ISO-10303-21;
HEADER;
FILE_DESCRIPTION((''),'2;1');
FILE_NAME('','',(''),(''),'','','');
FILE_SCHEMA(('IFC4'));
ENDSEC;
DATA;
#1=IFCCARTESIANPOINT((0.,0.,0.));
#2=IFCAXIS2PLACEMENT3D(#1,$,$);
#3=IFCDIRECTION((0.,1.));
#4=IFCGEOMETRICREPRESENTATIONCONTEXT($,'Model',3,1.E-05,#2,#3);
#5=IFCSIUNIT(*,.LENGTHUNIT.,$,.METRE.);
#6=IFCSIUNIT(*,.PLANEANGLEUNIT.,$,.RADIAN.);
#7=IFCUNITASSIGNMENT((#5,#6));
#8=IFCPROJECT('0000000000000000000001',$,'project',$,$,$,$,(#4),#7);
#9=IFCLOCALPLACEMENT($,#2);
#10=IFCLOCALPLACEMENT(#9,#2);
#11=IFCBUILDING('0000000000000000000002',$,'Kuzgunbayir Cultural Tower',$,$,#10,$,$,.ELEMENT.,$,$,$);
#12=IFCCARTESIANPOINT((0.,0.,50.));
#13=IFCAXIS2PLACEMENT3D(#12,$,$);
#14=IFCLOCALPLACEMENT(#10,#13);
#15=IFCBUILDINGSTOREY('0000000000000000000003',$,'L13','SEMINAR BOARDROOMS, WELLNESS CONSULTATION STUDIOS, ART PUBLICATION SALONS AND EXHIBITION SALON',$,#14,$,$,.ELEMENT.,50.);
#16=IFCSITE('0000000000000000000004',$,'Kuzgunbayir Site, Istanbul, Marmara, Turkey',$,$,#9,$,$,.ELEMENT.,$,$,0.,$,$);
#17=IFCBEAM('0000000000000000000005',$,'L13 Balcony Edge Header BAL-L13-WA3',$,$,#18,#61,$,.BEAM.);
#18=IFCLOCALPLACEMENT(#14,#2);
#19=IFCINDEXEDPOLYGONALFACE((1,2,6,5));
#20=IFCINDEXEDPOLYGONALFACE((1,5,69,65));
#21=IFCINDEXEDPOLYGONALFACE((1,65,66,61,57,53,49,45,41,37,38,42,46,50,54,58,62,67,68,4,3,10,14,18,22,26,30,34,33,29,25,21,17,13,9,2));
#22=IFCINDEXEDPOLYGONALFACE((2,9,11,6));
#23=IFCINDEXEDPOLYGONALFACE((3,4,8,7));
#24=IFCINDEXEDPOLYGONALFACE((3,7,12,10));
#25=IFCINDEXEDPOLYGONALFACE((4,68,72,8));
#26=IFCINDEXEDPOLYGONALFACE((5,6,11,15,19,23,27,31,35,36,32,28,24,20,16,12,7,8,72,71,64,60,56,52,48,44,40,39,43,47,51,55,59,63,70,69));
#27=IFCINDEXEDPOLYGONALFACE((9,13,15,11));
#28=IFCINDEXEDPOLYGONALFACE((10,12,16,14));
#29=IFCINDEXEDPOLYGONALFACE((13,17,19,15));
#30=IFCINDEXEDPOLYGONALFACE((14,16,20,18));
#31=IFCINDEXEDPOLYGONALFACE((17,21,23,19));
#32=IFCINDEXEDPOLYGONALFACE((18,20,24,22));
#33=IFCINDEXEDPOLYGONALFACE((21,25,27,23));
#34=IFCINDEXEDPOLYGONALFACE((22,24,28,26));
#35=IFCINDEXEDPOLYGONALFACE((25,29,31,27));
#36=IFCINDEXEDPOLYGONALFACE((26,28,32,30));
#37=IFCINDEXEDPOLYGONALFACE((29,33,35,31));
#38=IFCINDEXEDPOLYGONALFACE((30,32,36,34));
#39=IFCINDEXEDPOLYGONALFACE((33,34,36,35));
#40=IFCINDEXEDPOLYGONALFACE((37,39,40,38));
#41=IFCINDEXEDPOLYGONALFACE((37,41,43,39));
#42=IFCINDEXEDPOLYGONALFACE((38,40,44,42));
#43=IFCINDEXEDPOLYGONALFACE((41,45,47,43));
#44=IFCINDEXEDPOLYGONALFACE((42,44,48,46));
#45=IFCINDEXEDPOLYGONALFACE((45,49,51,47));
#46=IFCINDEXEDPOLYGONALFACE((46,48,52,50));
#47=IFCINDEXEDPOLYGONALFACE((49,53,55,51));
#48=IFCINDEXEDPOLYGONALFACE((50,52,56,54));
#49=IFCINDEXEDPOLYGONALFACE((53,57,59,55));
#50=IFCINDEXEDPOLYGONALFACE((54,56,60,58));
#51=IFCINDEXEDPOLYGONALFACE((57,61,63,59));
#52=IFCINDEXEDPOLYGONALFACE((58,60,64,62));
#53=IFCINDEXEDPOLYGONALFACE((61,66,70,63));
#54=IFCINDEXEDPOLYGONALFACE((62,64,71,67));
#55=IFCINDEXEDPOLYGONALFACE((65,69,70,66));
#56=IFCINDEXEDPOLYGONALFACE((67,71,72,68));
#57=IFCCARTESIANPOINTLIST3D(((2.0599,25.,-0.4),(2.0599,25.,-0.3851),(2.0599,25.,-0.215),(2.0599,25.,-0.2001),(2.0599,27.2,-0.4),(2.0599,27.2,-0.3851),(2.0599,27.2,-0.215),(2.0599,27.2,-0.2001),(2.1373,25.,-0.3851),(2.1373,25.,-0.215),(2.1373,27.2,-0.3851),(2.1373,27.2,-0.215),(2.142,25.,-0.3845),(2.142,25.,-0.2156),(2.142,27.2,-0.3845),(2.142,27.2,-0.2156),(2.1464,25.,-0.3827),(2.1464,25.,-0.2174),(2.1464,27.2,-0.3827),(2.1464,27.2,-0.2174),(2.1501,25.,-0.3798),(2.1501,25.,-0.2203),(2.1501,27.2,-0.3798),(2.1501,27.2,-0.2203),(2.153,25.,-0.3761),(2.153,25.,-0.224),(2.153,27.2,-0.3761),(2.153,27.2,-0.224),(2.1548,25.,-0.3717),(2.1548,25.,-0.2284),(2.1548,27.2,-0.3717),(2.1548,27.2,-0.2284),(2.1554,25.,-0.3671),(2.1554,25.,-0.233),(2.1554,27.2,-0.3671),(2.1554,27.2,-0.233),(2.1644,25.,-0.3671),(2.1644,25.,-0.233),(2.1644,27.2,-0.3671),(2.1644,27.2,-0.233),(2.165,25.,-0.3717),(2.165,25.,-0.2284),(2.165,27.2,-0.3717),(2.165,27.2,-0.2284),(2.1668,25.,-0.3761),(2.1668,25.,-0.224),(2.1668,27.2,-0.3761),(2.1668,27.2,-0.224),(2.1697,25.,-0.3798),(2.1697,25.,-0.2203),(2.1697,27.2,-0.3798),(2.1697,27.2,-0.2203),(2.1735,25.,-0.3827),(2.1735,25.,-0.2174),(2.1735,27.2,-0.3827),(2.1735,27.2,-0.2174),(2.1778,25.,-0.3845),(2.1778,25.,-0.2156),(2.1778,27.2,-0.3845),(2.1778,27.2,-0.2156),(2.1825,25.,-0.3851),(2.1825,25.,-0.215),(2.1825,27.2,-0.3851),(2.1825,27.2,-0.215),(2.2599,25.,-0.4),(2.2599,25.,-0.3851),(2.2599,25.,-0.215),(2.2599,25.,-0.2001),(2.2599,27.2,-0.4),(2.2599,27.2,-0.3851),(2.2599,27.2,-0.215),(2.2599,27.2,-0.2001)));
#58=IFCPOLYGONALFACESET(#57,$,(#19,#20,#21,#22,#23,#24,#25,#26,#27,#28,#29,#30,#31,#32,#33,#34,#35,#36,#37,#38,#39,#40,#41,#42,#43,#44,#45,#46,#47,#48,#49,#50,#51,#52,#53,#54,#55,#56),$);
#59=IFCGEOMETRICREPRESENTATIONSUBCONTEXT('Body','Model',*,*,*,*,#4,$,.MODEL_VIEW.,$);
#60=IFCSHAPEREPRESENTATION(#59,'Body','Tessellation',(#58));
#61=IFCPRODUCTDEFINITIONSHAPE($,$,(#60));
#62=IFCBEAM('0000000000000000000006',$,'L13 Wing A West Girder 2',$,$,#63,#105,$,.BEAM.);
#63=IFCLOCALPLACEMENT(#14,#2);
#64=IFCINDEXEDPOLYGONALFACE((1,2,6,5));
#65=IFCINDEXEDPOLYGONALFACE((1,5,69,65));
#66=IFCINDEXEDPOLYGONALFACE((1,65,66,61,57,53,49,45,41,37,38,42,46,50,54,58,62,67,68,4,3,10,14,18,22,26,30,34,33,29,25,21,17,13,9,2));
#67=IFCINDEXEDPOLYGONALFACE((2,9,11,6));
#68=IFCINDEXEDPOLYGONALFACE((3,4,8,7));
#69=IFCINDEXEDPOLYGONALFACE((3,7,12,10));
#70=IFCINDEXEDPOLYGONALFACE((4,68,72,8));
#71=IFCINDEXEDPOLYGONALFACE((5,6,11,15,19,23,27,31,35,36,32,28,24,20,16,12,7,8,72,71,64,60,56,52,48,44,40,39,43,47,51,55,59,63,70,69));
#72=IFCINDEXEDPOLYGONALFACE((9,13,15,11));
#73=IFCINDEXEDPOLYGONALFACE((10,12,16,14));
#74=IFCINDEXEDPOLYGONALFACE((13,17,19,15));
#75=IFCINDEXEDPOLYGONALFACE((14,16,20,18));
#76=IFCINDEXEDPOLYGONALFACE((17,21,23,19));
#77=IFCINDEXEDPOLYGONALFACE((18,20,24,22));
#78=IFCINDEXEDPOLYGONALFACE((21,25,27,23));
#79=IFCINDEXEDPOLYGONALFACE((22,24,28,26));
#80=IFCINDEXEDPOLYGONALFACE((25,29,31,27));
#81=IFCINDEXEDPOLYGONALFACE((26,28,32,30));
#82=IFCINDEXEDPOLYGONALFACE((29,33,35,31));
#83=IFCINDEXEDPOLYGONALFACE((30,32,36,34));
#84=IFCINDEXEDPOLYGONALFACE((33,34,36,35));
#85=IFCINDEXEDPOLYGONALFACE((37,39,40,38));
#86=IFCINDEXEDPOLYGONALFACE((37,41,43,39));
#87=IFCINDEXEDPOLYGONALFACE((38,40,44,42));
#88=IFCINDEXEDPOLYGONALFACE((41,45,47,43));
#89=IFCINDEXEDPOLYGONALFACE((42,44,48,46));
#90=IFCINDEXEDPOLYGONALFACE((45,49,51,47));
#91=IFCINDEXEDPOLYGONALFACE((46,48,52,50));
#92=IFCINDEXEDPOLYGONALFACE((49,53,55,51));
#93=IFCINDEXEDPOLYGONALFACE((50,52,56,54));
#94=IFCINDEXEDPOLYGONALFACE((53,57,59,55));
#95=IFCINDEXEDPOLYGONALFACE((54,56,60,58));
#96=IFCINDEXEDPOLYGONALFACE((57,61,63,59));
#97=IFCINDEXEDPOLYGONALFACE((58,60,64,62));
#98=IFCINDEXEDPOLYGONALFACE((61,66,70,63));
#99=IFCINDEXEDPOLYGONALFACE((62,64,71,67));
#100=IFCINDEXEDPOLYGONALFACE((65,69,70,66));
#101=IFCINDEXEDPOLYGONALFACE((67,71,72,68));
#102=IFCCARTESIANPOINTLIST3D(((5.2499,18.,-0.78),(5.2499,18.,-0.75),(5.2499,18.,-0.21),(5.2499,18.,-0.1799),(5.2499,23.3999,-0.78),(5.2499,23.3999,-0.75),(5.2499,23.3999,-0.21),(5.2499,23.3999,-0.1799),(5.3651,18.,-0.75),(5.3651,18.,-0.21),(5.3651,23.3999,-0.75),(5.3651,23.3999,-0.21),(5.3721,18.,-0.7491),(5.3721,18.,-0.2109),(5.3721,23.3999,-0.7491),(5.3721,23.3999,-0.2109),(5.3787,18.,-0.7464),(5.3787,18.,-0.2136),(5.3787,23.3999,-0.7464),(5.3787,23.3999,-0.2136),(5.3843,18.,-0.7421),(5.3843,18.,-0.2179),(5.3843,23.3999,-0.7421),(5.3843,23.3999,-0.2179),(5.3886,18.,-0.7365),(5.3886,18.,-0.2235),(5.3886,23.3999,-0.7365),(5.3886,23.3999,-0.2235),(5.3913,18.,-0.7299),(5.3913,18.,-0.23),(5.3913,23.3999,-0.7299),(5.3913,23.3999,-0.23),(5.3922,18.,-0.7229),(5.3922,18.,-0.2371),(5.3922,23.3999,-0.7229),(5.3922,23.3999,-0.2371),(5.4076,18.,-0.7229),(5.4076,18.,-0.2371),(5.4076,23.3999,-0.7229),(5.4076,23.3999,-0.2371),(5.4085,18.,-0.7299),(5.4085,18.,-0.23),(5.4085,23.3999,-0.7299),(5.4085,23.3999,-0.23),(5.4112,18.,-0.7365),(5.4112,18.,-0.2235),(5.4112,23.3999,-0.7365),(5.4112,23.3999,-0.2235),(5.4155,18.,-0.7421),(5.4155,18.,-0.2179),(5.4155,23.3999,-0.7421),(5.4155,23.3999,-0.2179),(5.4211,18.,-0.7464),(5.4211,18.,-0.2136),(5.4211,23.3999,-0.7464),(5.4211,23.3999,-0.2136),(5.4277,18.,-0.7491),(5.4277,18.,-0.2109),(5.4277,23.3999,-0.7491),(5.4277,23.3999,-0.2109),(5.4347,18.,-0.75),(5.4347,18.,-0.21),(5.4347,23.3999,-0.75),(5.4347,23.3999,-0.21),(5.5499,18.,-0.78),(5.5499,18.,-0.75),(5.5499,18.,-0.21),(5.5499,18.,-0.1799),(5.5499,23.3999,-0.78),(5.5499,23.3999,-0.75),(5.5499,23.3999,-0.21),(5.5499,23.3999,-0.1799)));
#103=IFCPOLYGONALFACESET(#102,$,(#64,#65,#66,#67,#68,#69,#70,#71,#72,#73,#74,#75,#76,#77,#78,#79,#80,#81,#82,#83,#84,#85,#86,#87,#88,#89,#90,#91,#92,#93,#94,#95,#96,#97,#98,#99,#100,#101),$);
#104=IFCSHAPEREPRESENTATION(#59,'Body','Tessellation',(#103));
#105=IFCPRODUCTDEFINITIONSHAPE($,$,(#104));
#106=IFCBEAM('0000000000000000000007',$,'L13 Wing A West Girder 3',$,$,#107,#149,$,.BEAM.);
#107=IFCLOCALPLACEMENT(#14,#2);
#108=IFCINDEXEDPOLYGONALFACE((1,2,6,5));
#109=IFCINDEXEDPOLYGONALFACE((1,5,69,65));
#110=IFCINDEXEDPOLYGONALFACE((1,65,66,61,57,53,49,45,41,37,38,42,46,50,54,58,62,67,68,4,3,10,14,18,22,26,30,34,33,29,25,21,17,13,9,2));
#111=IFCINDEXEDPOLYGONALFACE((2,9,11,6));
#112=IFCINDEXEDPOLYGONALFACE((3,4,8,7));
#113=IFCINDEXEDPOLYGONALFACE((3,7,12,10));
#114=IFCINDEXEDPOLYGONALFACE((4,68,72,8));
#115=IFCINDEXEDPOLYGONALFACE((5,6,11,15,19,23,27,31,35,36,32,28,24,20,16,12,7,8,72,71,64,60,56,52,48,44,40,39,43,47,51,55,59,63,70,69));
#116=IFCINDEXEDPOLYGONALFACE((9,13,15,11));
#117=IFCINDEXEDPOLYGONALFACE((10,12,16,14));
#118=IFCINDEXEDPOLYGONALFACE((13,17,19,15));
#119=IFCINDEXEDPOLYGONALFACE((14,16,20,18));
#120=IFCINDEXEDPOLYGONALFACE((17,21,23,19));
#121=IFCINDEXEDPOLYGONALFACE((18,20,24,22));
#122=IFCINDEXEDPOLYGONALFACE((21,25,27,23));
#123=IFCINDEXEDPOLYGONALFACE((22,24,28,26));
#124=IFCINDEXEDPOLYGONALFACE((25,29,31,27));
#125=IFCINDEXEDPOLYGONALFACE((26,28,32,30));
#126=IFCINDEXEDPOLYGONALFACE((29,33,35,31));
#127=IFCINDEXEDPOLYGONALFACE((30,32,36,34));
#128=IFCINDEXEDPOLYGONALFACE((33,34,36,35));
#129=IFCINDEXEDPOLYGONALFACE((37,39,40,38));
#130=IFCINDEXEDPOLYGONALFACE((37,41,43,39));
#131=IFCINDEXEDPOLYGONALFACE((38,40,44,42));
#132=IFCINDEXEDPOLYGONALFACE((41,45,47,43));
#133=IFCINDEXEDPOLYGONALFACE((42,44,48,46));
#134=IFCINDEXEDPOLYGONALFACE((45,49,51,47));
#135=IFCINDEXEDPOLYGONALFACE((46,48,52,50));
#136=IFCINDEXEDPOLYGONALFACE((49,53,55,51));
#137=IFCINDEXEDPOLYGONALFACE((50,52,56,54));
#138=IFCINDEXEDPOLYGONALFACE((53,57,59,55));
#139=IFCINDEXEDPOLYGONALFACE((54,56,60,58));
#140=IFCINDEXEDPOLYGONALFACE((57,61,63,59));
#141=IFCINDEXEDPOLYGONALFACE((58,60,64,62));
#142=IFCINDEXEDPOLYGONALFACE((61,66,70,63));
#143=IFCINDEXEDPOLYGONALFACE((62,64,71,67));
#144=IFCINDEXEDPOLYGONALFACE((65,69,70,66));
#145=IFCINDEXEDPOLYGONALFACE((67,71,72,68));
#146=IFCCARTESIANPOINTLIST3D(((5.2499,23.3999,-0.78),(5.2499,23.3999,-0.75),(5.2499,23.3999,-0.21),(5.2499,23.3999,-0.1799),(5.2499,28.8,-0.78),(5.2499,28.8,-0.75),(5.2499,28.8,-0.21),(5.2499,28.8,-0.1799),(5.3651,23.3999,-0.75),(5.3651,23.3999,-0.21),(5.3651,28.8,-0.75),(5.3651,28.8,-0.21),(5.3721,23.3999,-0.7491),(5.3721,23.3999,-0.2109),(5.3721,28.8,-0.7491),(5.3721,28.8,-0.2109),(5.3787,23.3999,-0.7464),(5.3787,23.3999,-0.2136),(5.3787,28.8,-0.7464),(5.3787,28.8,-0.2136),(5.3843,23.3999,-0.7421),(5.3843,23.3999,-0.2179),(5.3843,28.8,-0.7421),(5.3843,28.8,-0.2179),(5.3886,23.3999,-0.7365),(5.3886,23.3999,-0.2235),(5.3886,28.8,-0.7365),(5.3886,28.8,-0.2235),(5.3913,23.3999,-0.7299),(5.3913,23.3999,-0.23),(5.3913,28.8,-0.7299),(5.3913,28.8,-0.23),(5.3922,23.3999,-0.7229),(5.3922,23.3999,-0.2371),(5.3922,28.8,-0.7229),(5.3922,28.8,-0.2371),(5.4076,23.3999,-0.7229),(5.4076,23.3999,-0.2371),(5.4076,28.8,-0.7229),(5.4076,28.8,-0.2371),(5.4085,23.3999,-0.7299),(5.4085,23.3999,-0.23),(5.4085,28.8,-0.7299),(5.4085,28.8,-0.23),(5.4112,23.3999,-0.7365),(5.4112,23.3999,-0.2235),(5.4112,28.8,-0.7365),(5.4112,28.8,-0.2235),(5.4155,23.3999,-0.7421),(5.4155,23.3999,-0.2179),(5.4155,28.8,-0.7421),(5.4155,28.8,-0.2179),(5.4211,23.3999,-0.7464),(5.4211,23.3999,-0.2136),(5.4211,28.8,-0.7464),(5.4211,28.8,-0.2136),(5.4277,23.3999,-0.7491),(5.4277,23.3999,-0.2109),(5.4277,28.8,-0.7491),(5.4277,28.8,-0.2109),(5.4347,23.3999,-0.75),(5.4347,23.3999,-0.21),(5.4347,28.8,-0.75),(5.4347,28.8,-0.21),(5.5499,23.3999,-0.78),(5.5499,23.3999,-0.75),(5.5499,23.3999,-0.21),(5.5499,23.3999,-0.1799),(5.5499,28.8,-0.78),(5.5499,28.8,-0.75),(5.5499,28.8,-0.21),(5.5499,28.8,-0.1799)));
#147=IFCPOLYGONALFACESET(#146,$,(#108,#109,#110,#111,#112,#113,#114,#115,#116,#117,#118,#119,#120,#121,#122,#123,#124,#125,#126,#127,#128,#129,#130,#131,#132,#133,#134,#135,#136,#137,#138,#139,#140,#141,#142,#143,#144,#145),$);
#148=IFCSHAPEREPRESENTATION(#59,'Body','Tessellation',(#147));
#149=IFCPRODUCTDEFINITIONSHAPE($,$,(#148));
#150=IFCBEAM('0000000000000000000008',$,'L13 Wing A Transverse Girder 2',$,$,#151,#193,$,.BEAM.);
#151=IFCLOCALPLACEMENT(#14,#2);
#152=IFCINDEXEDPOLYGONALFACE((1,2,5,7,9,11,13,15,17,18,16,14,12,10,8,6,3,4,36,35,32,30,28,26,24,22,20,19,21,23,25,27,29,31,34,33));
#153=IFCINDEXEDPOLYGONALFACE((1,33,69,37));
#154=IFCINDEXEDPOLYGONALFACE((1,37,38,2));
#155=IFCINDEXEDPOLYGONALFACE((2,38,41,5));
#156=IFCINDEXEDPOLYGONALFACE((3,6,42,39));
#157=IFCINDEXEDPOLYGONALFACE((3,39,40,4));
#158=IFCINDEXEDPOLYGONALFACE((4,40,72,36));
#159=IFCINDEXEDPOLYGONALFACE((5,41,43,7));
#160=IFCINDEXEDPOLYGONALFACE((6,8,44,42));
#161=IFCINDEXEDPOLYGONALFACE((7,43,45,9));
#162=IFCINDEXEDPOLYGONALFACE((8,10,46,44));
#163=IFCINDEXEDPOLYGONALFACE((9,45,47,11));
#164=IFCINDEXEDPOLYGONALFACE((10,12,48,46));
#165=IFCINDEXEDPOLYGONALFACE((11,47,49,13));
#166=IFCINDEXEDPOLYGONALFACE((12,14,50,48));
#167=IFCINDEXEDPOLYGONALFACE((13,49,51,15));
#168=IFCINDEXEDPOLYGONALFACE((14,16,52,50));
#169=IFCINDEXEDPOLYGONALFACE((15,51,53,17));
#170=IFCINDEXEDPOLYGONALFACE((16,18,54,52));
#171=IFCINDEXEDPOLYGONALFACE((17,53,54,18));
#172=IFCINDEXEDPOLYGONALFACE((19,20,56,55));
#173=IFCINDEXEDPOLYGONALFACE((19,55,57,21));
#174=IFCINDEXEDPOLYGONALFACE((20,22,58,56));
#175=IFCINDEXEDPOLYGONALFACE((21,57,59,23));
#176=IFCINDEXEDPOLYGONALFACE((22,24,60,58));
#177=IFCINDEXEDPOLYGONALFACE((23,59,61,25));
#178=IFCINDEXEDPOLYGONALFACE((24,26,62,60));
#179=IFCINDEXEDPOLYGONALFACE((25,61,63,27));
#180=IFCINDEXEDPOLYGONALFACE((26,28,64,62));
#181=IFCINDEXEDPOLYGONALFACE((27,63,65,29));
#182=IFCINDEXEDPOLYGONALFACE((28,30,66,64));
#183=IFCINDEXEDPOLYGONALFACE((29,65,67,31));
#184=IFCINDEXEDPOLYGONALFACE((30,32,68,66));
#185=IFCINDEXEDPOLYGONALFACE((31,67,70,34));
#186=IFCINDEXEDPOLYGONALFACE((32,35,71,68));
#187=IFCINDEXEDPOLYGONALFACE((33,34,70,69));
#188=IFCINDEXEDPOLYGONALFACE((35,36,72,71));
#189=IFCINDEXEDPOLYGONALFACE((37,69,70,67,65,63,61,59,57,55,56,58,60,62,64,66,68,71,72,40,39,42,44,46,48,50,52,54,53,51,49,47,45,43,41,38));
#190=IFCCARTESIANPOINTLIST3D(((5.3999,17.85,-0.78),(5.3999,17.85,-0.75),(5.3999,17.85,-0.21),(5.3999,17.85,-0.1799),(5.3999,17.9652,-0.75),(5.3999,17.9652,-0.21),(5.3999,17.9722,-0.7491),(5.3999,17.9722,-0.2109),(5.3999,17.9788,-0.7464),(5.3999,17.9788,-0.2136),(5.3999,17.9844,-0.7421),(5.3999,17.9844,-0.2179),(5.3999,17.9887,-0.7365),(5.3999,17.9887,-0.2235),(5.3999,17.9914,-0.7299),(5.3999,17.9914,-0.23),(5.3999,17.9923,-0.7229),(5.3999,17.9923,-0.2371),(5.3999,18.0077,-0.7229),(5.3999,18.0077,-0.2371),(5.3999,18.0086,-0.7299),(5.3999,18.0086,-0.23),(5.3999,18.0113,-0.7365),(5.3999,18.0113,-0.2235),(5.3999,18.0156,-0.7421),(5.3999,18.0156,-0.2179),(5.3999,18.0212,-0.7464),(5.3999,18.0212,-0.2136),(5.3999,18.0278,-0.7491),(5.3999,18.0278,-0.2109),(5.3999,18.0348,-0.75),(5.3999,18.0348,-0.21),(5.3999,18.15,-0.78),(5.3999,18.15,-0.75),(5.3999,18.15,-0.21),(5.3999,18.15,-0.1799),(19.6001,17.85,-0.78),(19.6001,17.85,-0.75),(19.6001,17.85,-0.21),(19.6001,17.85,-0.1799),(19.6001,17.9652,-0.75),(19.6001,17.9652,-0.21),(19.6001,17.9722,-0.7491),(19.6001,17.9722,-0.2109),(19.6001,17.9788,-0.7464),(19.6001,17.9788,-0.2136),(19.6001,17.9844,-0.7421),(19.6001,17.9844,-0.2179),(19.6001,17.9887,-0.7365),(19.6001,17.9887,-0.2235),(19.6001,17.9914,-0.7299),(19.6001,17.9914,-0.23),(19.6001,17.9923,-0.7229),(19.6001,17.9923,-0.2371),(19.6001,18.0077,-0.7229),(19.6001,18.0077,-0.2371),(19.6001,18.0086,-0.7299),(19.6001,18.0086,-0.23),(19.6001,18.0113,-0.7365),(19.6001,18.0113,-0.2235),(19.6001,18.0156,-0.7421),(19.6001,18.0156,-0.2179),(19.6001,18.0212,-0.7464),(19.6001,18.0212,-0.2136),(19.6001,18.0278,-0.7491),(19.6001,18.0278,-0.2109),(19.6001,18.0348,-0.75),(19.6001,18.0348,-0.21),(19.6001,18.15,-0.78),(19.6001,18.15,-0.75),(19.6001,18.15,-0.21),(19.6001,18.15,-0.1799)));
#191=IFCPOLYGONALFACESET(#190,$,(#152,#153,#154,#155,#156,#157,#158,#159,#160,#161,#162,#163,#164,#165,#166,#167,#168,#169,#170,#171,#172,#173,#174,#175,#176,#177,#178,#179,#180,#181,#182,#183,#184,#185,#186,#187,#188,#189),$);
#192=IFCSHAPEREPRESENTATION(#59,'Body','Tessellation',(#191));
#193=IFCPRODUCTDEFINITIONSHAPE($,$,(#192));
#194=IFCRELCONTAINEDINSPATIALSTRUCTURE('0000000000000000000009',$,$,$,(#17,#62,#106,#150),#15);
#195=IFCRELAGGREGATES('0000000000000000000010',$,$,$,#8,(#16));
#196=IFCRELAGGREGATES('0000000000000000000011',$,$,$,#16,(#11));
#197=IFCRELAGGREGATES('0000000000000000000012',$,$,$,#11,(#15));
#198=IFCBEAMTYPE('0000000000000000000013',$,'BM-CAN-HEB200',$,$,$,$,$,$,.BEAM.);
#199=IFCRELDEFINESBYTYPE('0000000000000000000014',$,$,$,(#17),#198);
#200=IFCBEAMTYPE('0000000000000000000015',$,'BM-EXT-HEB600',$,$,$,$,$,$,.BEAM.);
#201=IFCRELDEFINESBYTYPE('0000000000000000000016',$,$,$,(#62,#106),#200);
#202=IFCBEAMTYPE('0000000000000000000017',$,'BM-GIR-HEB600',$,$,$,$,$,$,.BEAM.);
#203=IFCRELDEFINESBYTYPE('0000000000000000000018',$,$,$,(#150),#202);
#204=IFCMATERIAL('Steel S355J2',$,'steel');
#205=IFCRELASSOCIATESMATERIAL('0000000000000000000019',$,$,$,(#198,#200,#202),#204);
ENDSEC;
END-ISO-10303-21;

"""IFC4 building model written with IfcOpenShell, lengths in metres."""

from ifc_helpers import new_model, si_unit, direction, frame, origin, origin_2d, place, context, subcontext, project, spatial, i_section, extrude, material, material_profile, profile_set, type_object, element, save


model = new_model("IFC4")

# Units and contexts
model_context = context("Model", 3, precision=1e-05, world=origin(), true_north=direction((0.0, 1.0)))
body_context = subcontext(model_context, "Body", "Model", "MODEL_VIEW")
ifc_project = project(units=[si_unit("LENGTHUNIT", "METRE"), si_unit("PLANEANGLEUNIT", "RADIAN")], contexts=[model_context])

# Site, building, storey
site_placement = place(None, origin())
site = spatial("IfcSite", under=ifc_project, at=site_placement, Name="Kuzgunbayir Site, Istanbul, Marmara, Turkey", CompositionType="ELEMENT", RefElevation=0.0)
building_placement = place(site_placement, origin())
building = spatial("IfcBuilding", under=site, at=building_placement, Name="Kuzgunbayir Cultural Tower", CompositionType="ELEMENT")
storey_placement = place(building_placement, frame((0.0, 0.0, 50.0)))
storey = spatial("IfcBuildingStorey", under=building, at=storey_placement, Name="L13", Description="SEMINAR BOARDROOMS, WELLNESS CONSULTATION STUDIOS, ART PUBLICATION SALONS AND EXHIBITION SALON", CompositionType="ELEMENT", Elevation=50.0)

# Beams
ifc_material_1 = material(Name="Steel S355J2", Category="steel")
ifc_material_profile_1 = material_profile(ifc_material_1, i_section(OverallWidth=0.2, OverallDepth=0.2, WebThickness=0.009, FlangeThickness=0.0149, FilletRadius=0.0181, at=origin_2d()), Name="HEB 200")
ifc_profile_set_1 = profile_set([ifc_material_profile_1], Name="Steel S355J2")
beam_type_1 = type_object("IfcBeamType", Name="BM-CAN-HEB200", PredefinedType="BEAM", material=ifc_profile_set_1)
beam_1_placement = place(storey_placement, frame((2.1599, 25.0, -0.3), z_axis=(0.0, 1.0, 0.0), x_axis=(-1.0, 0.0, 0.0)))
element("IfcBeam", 1, at=beam_1_placement, inside=storey, type_object=beam_type_1, Name="L13 Balcony Edge Header BAL-L13-WA3", PredefinedType="BEAM", context=body_context, shape_type="SweptSolid", body=[
    extrude(i_section(OverallWidth=0.2, OverallDepth=0.2, WebThickness=0.009, FlangeThickness=0.0149, FilletRadius=0.0181, at=origin_2d()), origin(), (0.0, 0.0, 1.0), 2.2),
])
ifc_material_profile_2 = material_profile(ifc_material_1, i_section(OverallWidth=0.3, OverallDepth=0.6001, WebThickness=0.0154, FlangeThickness=0.03, FilletRadius=0.0271, at=origin_2d()), Name="HEB 600")
ifc_profile_set_2 = profile_set([ifc_material_profile_2], Name="Steel S355J2")
beam_type_2 = type_object("IfcBeamType", Name="BM-EXT-HEB600", PredefinedType="BEAM", material=ifc_profile_set_2)
beam_2_placement = place(storey_placement, frame((5.3999, 18.0, -0.48), z_axis=(0.0, 1.0, 0.0), x_axis=(-1.0, 0.0, 0.0)))
element("IfcBeam", 2, at=beam_2_placement, inside=storey, type_object=beam_type_2, Name="L13 Wing A West Girder 2", PredefinedType="BEAM", context=body_context, shape_type="SweptSolid", body=[
    extrude(i_section(OverallWidth=0.3, OverallDepth=0.6001, WebThickness=0.0154, FlangeThickness=0.03, FilletRadius=0.0271, at=origin_2d()), origin(), (0.0, 0.0, 1.0), 5.3999),
])
beam_3_placement = place(storey_placement, frame((5.3999, 23.3999, -0.48), z_axis=(0.0, 1.0, 0.0), x_axis=(-1.0, 0.0, 0.0)))
element("IfcBeam", 3, at=beam_3_placement, inside=storey, type_object=beam_type_2, Name="L13 Wing A West Girder 3", PredefinedType="BEAM", context=body_context, shape_type="SweptSolid", body=[
    extrude(i_section(OverallWidth=0.3, OverallDepth=0.6001, WebThickness=0.0154, FlangeThickness=0.03, FilletRadius=0.0271, at=origin_2d()), origin(), (0.0, 0.0, 1.0), 5.4001),
])
ifc_material_profile_3 = material_profile(ifc_material_1, i_section(OverallWidth=0.3, OverallDepth=0.6001, WebThickness=0.0154, FlangeThickness=0.03, FilletRadius=0.0271, at=origin_2d()), Name="HEB 600")
ifc_profile_set_3 = profile_set([ifc_material_profile_3], Name="Steel S355J2")
beam_type_3 = type_object("IfcBeamType", Name="BM-GIR-HEB600", PredefinedType="BEAM", material=ifc_profile_set_3)
for number, where, z_axis, x_axis, name in (
    (4, (5.3999, 18.0, -0.48), (1.0, 0.0, 0.0), (0.0, 1.0, 0.0), "L13 Wing A Transverse Girder 2"),
):
    element("IfcBeam", number, at=place(storey_placement, frame(where, z_axis=z_axis, x_axis=x_axis)), inside=storey, type_object=beam_type_3, Name=name, PredefinedType="BEAM", context=body_context, shape_type="SweptSolid", body=[
        extrude(i_section(OverallWidth=0.3, OverallDepth=0.6001, WebThickness=0.0154, FlangeThickness=0.03, FilletRadius=0.0271, at=origin_2d()), origin(), (0.0, 0.0, 1.0), 14.2002),
    ])

save(model, "model.ifc")
